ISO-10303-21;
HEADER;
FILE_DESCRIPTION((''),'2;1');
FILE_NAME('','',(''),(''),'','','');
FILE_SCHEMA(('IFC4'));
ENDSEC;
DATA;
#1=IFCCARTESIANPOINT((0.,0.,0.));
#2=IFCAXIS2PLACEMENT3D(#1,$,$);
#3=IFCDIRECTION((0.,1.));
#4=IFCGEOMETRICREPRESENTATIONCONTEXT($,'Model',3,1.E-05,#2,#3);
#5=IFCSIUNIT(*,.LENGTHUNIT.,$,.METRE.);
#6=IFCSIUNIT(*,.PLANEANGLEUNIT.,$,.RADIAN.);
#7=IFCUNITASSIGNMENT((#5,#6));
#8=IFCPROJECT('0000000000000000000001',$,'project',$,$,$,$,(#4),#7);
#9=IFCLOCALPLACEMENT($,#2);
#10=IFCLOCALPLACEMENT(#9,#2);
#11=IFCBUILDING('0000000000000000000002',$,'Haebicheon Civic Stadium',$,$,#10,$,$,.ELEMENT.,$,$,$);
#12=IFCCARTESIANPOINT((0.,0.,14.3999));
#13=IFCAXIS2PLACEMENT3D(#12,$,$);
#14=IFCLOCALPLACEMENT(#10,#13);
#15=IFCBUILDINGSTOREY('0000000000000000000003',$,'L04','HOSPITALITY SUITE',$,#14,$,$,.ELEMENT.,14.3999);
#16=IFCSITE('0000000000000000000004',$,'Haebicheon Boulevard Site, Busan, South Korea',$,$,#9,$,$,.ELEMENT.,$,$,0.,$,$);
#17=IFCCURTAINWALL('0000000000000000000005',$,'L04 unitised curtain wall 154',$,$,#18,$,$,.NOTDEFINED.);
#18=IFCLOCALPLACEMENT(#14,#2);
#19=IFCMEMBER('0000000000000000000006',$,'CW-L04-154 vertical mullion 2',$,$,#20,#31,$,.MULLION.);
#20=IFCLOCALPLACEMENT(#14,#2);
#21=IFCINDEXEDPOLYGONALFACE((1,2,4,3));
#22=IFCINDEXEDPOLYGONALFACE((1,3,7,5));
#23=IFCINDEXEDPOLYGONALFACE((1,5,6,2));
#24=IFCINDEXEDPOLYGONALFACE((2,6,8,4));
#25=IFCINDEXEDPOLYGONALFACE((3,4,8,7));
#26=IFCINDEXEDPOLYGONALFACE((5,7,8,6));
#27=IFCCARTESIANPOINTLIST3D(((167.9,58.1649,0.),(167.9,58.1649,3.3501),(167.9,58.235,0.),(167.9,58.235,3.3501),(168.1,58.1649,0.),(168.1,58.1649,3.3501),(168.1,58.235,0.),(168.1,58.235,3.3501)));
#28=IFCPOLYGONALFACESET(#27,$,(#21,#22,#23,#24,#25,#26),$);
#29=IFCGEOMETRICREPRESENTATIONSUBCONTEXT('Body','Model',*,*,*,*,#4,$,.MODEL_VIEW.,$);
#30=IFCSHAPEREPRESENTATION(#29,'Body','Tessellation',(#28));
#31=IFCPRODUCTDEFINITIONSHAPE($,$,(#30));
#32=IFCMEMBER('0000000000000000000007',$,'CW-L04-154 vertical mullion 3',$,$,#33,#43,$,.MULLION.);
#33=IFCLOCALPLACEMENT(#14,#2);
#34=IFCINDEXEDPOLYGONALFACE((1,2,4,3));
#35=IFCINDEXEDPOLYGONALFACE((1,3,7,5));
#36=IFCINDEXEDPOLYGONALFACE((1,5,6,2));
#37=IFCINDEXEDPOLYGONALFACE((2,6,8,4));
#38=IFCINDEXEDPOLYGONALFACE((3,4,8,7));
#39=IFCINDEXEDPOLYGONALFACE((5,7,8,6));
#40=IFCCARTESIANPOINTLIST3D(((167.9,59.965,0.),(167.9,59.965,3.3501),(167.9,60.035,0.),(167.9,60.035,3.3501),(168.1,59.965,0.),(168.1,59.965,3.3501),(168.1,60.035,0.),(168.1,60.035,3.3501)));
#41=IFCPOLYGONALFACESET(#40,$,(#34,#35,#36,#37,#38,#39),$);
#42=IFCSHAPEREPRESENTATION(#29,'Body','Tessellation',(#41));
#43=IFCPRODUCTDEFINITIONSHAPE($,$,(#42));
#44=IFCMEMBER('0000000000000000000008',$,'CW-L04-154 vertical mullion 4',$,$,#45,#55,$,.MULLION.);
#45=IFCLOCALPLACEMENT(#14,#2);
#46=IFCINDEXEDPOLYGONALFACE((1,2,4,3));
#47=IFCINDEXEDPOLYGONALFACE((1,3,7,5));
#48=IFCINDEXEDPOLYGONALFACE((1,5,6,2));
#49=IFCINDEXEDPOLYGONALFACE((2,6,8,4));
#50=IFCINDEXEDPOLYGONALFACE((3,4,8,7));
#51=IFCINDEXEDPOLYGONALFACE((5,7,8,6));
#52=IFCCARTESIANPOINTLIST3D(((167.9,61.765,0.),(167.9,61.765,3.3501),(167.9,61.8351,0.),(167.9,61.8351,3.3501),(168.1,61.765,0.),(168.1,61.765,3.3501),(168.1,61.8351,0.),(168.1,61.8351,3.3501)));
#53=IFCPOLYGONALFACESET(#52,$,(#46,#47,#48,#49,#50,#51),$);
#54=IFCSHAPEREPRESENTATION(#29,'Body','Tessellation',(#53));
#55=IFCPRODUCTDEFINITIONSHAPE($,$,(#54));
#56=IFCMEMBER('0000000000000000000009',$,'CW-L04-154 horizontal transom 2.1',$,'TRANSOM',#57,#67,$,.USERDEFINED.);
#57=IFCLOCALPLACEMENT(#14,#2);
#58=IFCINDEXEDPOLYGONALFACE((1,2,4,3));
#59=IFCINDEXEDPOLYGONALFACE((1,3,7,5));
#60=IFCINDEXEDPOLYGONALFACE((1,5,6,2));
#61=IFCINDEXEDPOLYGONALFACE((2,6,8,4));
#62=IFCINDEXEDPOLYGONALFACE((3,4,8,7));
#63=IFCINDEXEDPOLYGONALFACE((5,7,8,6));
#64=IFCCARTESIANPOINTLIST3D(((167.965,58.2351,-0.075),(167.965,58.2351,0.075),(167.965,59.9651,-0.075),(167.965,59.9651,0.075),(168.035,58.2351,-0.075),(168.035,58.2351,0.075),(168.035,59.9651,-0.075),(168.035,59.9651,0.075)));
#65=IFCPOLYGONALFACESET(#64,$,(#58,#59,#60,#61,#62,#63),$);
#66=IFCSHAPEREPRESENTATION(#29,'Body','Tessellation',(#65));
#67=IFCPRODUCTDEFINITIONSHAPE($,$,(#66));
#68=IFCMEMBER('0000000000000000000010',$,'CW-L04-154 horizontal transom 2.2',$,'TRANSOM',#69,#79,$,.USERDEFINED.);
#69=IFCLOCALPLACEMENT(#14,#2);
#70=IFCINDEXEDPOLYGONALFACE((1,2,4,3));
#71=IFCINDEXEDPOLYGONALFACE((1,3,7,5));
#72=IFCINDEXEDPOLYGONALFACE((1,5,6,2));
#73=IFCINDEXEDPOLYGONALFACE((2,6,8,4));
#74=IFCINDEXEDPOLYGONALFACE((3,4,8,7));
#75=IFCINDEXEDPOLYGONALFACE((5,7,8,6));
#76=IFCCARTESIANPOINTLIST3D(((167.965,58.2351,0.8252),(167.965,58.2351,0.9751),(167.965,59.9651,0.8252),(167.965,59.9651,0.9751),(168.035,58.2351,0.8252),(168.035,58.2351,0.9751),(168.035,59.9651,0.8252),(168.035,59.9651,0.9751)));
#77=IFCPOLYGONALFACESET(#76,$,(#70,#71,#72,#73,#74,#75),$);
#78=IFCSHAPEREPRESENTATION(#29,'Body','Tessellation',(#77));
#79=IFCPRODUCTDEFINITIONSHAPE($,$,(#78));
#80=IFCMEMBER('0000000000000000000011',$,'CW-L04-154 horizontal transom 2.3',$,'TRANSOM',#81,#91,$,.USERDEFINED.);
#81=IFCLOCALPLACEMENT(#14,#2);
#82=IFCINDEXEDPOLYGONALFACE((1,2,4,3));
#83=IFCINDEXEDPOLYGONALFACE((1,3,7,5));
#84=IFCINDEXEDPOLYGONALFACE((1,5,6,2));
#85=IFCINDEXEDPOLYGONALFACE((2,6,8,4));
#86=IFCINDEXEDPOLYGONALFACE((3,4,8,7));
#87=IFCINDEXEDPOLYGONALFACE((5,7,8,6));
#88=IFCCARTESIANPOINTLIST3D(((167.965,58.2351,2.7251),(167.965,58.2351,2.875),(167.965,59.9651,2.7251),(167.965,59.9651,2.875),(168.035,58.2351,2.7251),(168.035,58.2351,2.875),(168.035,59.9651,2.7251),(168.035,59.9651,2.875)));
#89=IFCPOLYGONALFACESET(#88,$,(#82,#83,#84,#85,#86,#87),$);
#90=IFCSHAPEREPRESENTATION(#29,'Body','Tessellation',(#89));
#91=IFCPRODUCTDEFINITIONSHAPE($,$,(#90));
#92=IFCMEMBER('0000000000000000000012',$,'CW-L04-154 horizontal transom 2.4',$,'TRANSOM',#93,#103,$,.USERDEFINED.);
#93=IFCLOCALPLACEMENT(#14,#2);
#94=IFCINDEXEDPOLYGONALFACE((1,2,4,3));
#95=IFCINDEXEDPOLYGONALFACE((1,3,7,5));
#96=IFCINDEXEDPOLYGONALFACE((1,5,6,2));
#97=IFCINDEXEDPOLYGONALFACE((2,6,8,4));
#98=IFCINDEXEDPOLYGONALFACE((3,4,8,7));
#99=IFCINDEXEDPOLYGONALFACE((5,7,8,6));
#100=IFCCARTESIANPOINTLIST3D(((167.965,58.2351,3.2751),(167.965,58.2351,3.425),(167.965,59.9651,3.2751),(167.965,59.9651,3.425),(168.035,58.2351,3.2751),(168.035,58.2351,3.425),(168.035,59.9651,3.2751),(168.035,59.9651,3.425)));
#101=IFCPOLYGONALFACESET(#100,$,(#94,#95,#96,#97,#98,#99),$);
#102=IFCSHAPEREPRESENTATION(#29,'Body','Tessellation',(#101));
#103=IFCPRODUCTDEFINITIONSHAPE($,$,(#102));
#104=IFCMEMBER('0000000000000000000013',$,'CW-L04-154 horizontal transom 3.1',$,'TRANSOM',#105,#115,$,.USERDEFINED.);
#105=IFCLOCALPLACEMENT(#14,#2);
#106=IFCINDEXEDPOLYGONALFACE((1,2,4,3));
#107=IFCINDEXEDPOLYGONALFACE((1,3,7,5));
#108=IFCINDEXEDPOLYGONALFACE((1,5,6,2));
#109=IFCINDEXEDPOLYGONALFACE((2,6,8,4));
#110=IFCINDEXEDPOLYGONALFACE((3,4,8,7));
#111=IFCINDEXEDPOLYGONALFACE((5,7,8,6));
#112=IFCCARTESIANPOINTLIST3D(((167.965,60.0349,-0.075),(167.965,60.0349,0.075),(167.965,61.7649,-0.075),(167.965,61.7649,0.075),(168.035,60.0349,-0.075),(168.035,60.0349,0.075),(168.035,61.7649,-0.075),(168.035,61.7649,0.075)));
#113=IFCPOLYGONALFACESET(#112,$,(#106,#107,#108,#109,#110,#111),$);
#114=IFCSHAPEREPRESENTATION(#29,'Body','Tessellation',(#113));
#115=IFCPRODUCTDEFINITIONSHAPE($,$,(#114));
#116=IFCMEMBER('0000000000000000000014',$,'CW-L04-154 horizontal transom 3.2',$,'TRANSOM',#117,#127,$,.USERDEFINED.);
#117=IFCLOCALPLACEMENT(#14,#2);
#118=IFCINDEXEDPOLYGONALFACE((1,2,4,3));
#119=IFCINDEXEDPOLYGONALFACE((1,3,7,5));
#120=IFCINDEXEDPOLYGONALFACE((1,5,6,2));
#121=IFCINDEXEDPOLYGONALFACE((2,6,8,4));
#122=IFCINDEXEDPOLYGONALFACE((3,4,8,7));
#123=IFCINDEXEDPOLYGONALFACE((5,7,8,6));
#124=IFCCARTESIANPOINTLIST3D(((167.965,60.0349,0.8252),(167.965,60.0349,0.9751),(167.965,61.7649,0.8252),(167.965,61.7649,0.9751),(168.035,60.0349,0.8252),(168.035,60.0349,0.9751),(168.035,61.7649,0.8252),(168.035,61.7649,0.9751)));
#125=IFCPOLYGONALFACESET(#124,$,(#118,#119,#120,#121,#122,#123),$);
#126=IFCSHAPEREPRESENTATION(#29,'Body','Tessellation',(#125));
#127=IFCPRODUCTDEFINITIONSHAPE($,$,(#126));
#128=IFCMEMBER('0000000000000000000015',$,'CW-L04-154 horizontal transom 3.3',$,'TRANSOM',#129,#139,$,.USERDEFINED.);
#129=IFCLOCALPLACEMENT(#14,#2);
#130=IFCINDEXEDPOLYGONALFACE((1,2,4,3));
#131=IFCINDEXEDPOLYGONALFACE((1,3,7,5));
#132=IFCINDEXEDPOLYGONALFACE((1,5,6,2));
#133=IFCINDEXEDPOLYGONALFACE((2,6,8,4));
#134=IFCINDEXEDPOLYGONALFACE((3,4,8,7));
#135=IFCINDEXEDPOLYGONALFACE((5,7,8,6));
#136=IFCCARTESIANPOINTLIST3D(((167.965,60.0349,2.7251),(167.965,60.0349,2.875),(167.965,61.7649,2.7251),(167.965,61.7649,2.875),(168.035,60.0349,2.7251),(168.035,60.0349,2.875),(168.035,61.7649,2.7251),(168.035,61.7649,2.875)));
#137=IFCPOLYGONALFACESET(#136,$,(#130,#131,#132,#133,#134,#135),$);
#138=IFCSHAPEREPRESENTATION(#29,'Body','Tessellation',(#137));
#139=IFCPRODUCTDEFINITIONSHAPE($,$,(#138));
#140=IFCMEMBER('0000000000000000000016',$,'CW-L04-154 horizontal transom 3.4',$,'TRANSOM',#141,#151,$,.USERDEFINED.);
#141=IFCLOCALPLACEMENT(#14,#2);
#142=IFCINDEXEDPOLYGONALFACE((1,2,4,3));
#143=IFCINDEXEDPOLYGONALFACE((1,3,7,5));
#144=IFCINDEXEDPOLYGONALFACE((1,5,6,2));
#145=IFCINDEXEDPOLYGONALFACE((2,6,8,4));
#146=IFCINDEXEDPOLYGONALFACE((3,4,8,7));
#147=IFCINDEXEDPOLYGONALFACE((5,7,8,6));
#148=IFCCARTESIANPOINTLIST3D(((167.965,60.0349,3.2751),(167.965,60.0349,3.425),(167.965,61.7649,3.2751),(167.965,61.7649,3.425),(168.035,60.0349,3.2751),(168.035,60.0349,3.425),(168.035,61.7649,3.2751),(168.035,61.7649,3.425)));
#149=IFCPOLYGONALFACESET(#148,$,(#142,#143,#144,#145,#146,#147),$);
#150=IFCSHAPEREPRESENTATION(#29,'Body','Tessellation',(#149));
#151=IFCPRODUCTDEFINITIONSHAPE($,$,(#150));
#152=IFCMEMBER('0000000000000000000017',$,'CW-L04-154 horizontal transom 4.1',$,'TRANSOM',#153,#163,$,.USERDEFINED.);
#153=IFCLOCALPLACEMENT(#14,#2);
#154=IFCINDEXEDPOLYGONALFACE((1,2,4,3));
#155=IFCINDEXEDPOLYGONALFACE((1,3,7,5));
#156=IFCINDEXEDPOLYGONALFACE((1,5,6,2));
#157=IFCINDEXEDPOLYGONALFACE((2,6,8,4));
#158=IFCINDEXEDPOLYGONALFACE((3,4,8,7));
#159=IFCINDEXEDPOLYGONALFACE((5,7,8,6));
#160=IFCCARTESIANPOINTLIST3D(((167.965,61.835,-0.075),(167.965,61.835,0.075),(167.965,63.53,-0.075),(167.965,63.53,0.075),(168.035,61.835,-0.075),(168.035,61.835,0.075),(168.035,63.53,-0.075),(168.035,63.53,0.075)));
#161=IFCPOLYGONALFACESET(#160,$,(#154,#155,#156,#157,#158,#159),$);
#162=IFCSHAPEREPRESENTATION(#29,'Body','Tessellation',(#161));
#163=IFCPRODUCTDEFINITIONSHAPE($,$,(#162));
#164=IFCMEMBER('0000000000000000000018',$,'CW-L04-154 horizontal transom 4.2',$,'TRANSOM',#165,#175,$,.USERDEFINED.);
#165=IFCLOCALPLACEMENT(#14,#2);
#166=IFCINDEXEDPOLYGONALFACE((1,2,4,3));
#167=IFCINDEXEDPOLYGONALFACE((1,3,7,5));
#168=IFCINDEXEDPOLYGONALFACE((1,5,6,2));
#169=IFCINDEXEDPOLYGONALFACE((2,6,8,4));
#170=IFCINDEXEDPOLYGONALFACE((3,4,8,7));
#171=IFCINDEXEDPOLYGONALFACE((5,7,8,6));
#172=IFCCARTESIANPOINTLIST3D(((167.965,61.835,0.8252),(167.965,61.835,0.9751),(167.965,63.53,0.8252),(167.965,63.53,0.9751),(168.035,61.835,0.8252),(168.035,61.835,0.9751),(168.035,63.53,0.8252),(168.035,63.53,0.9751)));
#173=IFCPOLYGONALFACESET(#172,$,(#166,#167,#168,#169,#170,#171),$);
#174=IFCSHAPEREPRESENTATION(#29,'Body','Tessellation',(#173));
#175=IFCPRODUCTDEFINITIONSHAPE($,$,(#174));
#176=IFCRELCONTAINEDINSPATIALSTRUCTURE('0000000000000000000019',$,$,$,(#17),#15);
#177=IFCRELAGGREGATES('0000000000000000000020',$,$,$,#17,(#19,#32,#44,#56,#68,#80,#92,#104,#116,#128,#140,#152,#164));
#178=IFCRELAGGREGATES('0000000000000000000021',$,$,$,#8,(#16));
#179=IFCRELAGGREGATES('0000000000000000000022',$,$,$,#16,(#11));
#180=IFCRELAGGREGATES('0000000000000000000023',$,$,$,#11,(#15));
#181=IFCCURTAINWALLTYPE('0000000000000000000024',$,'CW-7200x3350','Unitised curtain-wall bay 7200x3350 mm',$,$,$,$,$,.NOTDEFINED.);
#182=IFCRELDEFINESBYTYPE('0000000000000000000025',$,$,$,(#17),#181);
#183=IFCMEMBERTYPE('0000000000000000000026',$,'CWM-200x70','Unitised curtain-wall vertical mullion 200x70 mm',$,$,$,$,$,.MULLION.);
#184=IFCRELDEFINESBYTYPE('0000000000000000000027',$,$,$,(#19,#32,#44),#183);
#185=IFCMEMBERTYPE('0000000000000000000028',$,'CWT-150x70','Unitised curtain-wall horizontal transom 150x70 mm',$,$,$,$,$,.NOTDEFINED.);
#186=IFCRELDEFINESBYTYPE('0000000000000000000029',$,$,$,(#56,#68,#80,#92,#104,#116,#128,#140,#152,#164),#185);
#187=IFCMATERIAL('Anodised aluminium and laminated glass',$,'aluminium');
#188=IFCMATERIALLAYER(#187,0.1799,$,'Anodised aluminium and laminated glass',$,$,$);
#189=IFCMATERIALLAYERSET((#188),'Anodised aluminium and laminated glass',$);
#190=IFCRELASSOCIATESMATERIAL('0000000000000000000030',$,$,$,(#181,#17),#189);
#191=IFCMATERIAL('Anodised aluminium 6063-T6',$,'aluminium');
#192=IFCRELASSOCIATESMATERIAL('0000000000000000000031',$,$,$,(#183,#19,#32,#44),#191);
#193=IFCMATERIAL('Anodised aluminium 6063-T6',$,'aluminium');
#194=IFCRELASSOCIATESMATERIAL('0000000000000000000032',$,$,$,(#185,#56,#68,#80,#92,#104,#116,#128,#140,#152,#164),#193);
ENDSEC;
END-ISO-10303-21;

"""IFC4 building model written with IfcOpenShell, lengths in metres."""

from ifc_helpers import new_model, si_unit, direction, frame, origin, origin_2d, place, context, subcontext, project, spatial, rectangle, extrude, material, layer, layer_set, material_profile, profile_set, type_object, element, aggregate, save


model = new_model("IFC4")

# Units and contexts
model_context = context("Model", 3, precision=1e-05, world=origin(), true_north=direction((0.0, 1.0)))
body_context = subcontext(model_context, "Body", "Model", "MODEL_VIEW")
ifc_project = project(units=[si_unit("LENGTHUNIT", "METRE"), si_unit("PLANEANGLEUNIT", "RADIAN")], contexts=[model_context])

# Site, building, storey
site_placement = place(None, origin())
site = spatial("IfcSite", under=ifc_project, at=site_placement, Name="Haebicheon Boulevard Site, Busan, South Korea", CompositionType="ELEMENT", RefElevation=0.0)
building_placement = place(site_placement, origin())
building = spatial("IfcBuilding", under=site, at=building_placement, Name="Haebicheon Civic Stadium", CompositionType="ELEMENT")
storey_placement = place(building_placement, frame((0.0, 0.0, 14.3999)))
storey = spatial("IfcBuildingStorey", under=building, at=storey_placement, Name="L04", Description="HOSPITALITY SUITE", CompositionType="ELEMENT", Elevation=14.3999)

# Curtain wall, members
ifc_material_1 = material(Name="Anodised aluminium and laminated glass", Category="aluminium")
ifc_layer_1 = layer(ifc_material_1, 0.1799, Name="Anodised aluminium and laminated glass")
ifc_layer_set_1 = layer_set([ifc_layer_1], Name="Anodised aluminium and laminated glass")
curtain_wall_type = type_object("IfcCurtainWallType", Name="CW-7200x3350", Description="Unitised curtain-wall bay 7200x3350 mm", PredefinedType="NOTDEFINED", material=ifc_layer_set_1)
curtain_wall_placement = place(storey_placement, origin())
curtain_wall = element("IfcCurtainWall", 1, at=curtain_wall_placement, inside=storey, type_object=curtain_wall_type, material=ifc_layer_set_1, Name="L04 unitised curtain wall 154", PredefinedType="NOTDEFINED")
ifc_material_2 = material(Name="Anodised aluminium 6063-T6", Category="aluminium")
ifc_material_profile_1 = material_profile(ifc_material_2, rectangle(XDim=0.0701, YDim=0.2, at=origin_2d()), Name="ALU-MULL-70x200")
ifc_profile_set_1 = profile_set([ifc_material_profile_1], Name="Anodised aluminium 6063-T6")
member_type_1 = type_object("IfcMemberType", Name="CWM-200x70", Description="Unitised curtain-wall vertical mullion 200x70 mm", PredefinedType="MULLION", material=ifc_profile_set_1)
member_1_placement = place(storey_placement, frame((168.0, 58.2, 0.0), z_axis=(0.0, 0.0, 1.0), x_axis=(0.0, 1.0, 0.0)))
member_1 = element("IfcMember", 2, at=member_1_placement, type_object=member_type_1, material=ifc_profile_set_1, Name="CW-L04-154 vertical mullion 2", PredefinedType="MULLION", context=body_context, shape_type="SweptSolid", body=[
    extrude(rectangle(XDim=0.0701, YDim=0.2, at=origin_2d()), origin(), (0.0, 0.0, 1.0), 3.3501),
])
member_2_placement = place(storey_placement, frame((168.0, 60.0, 0.0), z_axis=(0.0, 0.0, 1.0), x_axis=(0.0, 1.0, 0.0)))
member_2 = element("IfcMember", 3, at=member_2_placement, type_object=member_type_1, material=ifc_profile_set_1, Name="CW-L04-154 vertical mullion 3", PredefinedType="MULLION", context=body_context, shape_type="SweptSolid", body=[
    extrude(rectangle(XDim=0.0701, YDim=0.2, at=origin_2d()), origin(), (0.0, 0.0, 1.0), 3.3501),
])
member_3_placement = place(storey_placement, frame((168.0, 61.8, 0.0), z_axis=(0.0, 0.0, 1.0), x_axis=(0.0, 1.0, 0.0)))
member_3 = element("IfcMember", 4, at=member_3_placement, type_object=member_type_1, material=ifc_profile_set_1, Name="CW-L04-154 vertical mullion 4", PredefinedType="MULLION", context=body_context, shape_type="SweptSolid", body=[
    extrude(rectangle(XDim=0.0701, YDim=0.2, at=origin_2d()), origin(), (0.0, 0.0, 1.0), 3.3501),
])
ifc_material_3 = material(Name="Anodised aluminium 6063-T6", Category="aluminium")
ifc_material_profile_2 = material_profile(ifc_material_3, rectangle(XDim=0.0701, YDim=0.1499, at=origin_2d()), Name="ALU-TRAN-70x150")
ifc_profile_set_2 = profile_set([ifc_material_profile_2], Name="Anodised aluminium 6063-T6")
member_type_2 = type_object("IfcMemberType", Name="CWT-150x70", Description="Unitised curtain-wall horizontal transom 150x70 mm", PredefinedType="NOTDEFINED", material=ifc_profile_set_2)
member_4_placement = place(storey_placement, frame((168.0, 58.2351, 0.0), z_axis=(0.0, 1.0, 0.0), x_axis=(-1.0, 0.0, 0.0)))
member_4 = element("IfcMember", 5, at=member_4_placement, type_object=member_type_2, material=ifc_profile_set_2, Name="CW-L04-154 horizontal transom 2.1", ObjectType="TRANSOM", PredefinedType="USERDEFINED", context=body_context, shape_type="SweptSolid", body=[
    extrude(rectangle(XDim=0.0701, YDim=0.1499, at=origin_2d()), origin(), (0.0, 0.0, 1.0), 1.73),
])
member_5_placement = place(storey_placement, frame((168.0, 58.2351, 0.9001), z_axis=(0.0, 1.0, 0.0), x_axis=(-1.0, 0.0, 0.0)))
member_5 = element("IfcMember", 6, at=member_5_placement, type_object=member_type_2, material=ifc_profile_set_2, Name="CW-L04-154 horizontal transom 2.2", ObjectType="TRANSOM", PredefinedType="USERDEFINED", context=body_context, shape_type="SweptSolid", body=[
    extrude(rectangle(XDim=0.0701, YDim=0.1499, at=origin_2d()), origin(), (0.0, 0.0, 1.0), 1.73),
])
member_6_placement = place(storey_placement, frame((168.0, 58.2351, 2.8), z_axis=(0.0, 1.0, 0.0), x_axis=(-1.0, 0.0, 0.0)))
member_6 = element("IfcMember", 7, at=member_6_placement, type_object=member_type_2, material=ifc_profile_set_2, Name="CW-L04-154 horizontal transom 2.3", ObjectType="TRANSOM", PredefinedType="USERDEFINED", context=body_context, shape_type="SweptSolid", body=[
    extrude(rectangle(XDim=0.0701, YDim=0.1499, at=origin_2d()), origin(), (0.0, 0.0, 1.0), 1.73),
])
member_7_placement = place(storey_placement, frame((168.0, 58.2351, 3.3501), z_axis=(0.0, 1.0, 0.0), x_axis=(-1.0, 0.0, 0.0)))
member_7 = element("IfcMember", 8, at=member_7_placement, type_object=member_type_2, material=ifc_profile_set_2, Name="CW-L04-154 horizontal transom 2.4", ObjectType="TRANSOM", PredefinedType="USERDEFINED", context=body_context, shape_type="SweptSolid", body=[
    extrude(rectangle(XDim=0.0701, YDim=0.1499, at=origin_2d()), origin(), (0.0, 0.0, 1.0), 1.73),
])
member_8_placement = place(storey_placement, frame((168.0, 60.0349, 0.0), z_axis=(0.0, 1.0, 0.0), x_axis=(-1.0, 0.0, 0.0)))
member_8 = element("IfcMember", 9, at=member_8_placement, type_object=member_type_2, material=ifc_profile_set_2, Name="CW-L04-154 horizontal transom 3.1", ObjectType="TRANSOM", PredefinedType="USERDEFINED", context=body_context, shape_type="SweptSolid", body=[
    extrude(rectangle(XDim=0.0701, YDim=0.1499, at=origin_2d()), origin(), (0.0, 0.0, 1.0), 1.73),
])
member_9_placement = place(storey_placement, frame((168.0, 60.0349, 0.9001), z_axis=(0.0, 1.0, 0.0), x_axis=(-1.0, 0.0, 0.0)))
member_9 = element("IfcMember", 10, at=member_9_placement, type_object=member_type_2, material=ifc_profile_set_2, Name="CW-L04-154 horizontal transom 3.2", ObjectType="TRANSOM", PredefinedType="USERDEFINED", context=body_context, shape_type="SweptSolid", body=[
    extrude(rectangle(XDim=0.0701, YDim=0.1499, at=origin_2d()), origin(), (0.0, 0.0, 1.0), 1.73),
])
member_10_placement = place(storey_placement, frame((168.0, 60.0349, 2.8), z_axis=(0.0, 1.0, 0.0), x_axis=(-1.0, 0.0, 0.0)))
member_10 = element("IfcMember", 11, at=member_10_placement, type_object=member_type_2, material=ifc_profile_set_2, Name="CW-L04-154 horizontal transom 3.3", ObjectType="TRANSOM", PredefinedType="USERDEFINED", context=body_context, shape_type="SweptSolid", body=[
    extrude(rectangle(XDim=0.0701, YDim=0.1499, at=origin_2d()), origin(), (0.0, 0.0, 1.0), 1.73),
])
member_11_placement = place(storey_placement, frame((168.0, 60.0349, 3.3501), z_axis=(0.0, 1.0, 0.0), x_axis=(-1.0, 0.0, 0.0)))
member_11 = element("IfcMember", 12, at=member_11_placement, type_object=member_type_2, material=ifc_profile_set_2, Name="CW-L04-154 horizontal transom 3.4", ObjectType="TRANSOM", PredefinedType="USERDEFINED", context=body_context, shape_type="SweptSolid", body=[
    extrude(rectangle(XDim=0.0701, YDim=0.1499, at=origin_2d()), origin(), (0.0, 0.0, 1.0), 1.73),
])
member_12_placement = place(storey_placement, frame((168.0, 61.835, 0.0), z_axis=(0.0, 1.0, 0.0), x_axis=(-1.0, 0.0, 0.0)))
member_12 = element("IfcMember", 13, at=member_12_placement, type_object=member_type_2, material=ifc_profile_set_2, Name="CW-L04-154 horizontal transom 4.1", ObjectType="TRANSOM", PredefinedType="USERDEFINED", context=body_context, shape_type="SweptSolid", body=[
    extrude(rectangle(XDim=0.0701, YDim=0.1499, at=origin_2d()), origin(), (0.0, 0.0, 1.0), 1.6951),
])
member_13_placement = place(storey_placement, frame((168.0, 61.835, 0.9001), z_axis=(0.0, 1.0, 0.0), x_axis=(-1.0, 0.0, 0.0)))
member_13 = element("IfcMember", 14, at=member_13_placement, type_object=member_type_2, material=ifc_profile_set_2, Name="CW-L04-154 horizontal transom 4.2", ObjectType="TRANSOM", PredefinedType="USERDEFINED", context=body_context, shape_type="SweptSolid", body=[
    extrude(rectangle(XDim=0.0701, YDim=0.1499, at=origin_2d()), origin(), (0.0, 0.0, 1.0), 1.6951),
])

aggregate(curtain_wall, [member_1, member_2, member_3, member_4, member_5, member_6, member_7, member_8, member_9, member_10, member_11, member_12, member_13])

save(model, "model.ifc")
